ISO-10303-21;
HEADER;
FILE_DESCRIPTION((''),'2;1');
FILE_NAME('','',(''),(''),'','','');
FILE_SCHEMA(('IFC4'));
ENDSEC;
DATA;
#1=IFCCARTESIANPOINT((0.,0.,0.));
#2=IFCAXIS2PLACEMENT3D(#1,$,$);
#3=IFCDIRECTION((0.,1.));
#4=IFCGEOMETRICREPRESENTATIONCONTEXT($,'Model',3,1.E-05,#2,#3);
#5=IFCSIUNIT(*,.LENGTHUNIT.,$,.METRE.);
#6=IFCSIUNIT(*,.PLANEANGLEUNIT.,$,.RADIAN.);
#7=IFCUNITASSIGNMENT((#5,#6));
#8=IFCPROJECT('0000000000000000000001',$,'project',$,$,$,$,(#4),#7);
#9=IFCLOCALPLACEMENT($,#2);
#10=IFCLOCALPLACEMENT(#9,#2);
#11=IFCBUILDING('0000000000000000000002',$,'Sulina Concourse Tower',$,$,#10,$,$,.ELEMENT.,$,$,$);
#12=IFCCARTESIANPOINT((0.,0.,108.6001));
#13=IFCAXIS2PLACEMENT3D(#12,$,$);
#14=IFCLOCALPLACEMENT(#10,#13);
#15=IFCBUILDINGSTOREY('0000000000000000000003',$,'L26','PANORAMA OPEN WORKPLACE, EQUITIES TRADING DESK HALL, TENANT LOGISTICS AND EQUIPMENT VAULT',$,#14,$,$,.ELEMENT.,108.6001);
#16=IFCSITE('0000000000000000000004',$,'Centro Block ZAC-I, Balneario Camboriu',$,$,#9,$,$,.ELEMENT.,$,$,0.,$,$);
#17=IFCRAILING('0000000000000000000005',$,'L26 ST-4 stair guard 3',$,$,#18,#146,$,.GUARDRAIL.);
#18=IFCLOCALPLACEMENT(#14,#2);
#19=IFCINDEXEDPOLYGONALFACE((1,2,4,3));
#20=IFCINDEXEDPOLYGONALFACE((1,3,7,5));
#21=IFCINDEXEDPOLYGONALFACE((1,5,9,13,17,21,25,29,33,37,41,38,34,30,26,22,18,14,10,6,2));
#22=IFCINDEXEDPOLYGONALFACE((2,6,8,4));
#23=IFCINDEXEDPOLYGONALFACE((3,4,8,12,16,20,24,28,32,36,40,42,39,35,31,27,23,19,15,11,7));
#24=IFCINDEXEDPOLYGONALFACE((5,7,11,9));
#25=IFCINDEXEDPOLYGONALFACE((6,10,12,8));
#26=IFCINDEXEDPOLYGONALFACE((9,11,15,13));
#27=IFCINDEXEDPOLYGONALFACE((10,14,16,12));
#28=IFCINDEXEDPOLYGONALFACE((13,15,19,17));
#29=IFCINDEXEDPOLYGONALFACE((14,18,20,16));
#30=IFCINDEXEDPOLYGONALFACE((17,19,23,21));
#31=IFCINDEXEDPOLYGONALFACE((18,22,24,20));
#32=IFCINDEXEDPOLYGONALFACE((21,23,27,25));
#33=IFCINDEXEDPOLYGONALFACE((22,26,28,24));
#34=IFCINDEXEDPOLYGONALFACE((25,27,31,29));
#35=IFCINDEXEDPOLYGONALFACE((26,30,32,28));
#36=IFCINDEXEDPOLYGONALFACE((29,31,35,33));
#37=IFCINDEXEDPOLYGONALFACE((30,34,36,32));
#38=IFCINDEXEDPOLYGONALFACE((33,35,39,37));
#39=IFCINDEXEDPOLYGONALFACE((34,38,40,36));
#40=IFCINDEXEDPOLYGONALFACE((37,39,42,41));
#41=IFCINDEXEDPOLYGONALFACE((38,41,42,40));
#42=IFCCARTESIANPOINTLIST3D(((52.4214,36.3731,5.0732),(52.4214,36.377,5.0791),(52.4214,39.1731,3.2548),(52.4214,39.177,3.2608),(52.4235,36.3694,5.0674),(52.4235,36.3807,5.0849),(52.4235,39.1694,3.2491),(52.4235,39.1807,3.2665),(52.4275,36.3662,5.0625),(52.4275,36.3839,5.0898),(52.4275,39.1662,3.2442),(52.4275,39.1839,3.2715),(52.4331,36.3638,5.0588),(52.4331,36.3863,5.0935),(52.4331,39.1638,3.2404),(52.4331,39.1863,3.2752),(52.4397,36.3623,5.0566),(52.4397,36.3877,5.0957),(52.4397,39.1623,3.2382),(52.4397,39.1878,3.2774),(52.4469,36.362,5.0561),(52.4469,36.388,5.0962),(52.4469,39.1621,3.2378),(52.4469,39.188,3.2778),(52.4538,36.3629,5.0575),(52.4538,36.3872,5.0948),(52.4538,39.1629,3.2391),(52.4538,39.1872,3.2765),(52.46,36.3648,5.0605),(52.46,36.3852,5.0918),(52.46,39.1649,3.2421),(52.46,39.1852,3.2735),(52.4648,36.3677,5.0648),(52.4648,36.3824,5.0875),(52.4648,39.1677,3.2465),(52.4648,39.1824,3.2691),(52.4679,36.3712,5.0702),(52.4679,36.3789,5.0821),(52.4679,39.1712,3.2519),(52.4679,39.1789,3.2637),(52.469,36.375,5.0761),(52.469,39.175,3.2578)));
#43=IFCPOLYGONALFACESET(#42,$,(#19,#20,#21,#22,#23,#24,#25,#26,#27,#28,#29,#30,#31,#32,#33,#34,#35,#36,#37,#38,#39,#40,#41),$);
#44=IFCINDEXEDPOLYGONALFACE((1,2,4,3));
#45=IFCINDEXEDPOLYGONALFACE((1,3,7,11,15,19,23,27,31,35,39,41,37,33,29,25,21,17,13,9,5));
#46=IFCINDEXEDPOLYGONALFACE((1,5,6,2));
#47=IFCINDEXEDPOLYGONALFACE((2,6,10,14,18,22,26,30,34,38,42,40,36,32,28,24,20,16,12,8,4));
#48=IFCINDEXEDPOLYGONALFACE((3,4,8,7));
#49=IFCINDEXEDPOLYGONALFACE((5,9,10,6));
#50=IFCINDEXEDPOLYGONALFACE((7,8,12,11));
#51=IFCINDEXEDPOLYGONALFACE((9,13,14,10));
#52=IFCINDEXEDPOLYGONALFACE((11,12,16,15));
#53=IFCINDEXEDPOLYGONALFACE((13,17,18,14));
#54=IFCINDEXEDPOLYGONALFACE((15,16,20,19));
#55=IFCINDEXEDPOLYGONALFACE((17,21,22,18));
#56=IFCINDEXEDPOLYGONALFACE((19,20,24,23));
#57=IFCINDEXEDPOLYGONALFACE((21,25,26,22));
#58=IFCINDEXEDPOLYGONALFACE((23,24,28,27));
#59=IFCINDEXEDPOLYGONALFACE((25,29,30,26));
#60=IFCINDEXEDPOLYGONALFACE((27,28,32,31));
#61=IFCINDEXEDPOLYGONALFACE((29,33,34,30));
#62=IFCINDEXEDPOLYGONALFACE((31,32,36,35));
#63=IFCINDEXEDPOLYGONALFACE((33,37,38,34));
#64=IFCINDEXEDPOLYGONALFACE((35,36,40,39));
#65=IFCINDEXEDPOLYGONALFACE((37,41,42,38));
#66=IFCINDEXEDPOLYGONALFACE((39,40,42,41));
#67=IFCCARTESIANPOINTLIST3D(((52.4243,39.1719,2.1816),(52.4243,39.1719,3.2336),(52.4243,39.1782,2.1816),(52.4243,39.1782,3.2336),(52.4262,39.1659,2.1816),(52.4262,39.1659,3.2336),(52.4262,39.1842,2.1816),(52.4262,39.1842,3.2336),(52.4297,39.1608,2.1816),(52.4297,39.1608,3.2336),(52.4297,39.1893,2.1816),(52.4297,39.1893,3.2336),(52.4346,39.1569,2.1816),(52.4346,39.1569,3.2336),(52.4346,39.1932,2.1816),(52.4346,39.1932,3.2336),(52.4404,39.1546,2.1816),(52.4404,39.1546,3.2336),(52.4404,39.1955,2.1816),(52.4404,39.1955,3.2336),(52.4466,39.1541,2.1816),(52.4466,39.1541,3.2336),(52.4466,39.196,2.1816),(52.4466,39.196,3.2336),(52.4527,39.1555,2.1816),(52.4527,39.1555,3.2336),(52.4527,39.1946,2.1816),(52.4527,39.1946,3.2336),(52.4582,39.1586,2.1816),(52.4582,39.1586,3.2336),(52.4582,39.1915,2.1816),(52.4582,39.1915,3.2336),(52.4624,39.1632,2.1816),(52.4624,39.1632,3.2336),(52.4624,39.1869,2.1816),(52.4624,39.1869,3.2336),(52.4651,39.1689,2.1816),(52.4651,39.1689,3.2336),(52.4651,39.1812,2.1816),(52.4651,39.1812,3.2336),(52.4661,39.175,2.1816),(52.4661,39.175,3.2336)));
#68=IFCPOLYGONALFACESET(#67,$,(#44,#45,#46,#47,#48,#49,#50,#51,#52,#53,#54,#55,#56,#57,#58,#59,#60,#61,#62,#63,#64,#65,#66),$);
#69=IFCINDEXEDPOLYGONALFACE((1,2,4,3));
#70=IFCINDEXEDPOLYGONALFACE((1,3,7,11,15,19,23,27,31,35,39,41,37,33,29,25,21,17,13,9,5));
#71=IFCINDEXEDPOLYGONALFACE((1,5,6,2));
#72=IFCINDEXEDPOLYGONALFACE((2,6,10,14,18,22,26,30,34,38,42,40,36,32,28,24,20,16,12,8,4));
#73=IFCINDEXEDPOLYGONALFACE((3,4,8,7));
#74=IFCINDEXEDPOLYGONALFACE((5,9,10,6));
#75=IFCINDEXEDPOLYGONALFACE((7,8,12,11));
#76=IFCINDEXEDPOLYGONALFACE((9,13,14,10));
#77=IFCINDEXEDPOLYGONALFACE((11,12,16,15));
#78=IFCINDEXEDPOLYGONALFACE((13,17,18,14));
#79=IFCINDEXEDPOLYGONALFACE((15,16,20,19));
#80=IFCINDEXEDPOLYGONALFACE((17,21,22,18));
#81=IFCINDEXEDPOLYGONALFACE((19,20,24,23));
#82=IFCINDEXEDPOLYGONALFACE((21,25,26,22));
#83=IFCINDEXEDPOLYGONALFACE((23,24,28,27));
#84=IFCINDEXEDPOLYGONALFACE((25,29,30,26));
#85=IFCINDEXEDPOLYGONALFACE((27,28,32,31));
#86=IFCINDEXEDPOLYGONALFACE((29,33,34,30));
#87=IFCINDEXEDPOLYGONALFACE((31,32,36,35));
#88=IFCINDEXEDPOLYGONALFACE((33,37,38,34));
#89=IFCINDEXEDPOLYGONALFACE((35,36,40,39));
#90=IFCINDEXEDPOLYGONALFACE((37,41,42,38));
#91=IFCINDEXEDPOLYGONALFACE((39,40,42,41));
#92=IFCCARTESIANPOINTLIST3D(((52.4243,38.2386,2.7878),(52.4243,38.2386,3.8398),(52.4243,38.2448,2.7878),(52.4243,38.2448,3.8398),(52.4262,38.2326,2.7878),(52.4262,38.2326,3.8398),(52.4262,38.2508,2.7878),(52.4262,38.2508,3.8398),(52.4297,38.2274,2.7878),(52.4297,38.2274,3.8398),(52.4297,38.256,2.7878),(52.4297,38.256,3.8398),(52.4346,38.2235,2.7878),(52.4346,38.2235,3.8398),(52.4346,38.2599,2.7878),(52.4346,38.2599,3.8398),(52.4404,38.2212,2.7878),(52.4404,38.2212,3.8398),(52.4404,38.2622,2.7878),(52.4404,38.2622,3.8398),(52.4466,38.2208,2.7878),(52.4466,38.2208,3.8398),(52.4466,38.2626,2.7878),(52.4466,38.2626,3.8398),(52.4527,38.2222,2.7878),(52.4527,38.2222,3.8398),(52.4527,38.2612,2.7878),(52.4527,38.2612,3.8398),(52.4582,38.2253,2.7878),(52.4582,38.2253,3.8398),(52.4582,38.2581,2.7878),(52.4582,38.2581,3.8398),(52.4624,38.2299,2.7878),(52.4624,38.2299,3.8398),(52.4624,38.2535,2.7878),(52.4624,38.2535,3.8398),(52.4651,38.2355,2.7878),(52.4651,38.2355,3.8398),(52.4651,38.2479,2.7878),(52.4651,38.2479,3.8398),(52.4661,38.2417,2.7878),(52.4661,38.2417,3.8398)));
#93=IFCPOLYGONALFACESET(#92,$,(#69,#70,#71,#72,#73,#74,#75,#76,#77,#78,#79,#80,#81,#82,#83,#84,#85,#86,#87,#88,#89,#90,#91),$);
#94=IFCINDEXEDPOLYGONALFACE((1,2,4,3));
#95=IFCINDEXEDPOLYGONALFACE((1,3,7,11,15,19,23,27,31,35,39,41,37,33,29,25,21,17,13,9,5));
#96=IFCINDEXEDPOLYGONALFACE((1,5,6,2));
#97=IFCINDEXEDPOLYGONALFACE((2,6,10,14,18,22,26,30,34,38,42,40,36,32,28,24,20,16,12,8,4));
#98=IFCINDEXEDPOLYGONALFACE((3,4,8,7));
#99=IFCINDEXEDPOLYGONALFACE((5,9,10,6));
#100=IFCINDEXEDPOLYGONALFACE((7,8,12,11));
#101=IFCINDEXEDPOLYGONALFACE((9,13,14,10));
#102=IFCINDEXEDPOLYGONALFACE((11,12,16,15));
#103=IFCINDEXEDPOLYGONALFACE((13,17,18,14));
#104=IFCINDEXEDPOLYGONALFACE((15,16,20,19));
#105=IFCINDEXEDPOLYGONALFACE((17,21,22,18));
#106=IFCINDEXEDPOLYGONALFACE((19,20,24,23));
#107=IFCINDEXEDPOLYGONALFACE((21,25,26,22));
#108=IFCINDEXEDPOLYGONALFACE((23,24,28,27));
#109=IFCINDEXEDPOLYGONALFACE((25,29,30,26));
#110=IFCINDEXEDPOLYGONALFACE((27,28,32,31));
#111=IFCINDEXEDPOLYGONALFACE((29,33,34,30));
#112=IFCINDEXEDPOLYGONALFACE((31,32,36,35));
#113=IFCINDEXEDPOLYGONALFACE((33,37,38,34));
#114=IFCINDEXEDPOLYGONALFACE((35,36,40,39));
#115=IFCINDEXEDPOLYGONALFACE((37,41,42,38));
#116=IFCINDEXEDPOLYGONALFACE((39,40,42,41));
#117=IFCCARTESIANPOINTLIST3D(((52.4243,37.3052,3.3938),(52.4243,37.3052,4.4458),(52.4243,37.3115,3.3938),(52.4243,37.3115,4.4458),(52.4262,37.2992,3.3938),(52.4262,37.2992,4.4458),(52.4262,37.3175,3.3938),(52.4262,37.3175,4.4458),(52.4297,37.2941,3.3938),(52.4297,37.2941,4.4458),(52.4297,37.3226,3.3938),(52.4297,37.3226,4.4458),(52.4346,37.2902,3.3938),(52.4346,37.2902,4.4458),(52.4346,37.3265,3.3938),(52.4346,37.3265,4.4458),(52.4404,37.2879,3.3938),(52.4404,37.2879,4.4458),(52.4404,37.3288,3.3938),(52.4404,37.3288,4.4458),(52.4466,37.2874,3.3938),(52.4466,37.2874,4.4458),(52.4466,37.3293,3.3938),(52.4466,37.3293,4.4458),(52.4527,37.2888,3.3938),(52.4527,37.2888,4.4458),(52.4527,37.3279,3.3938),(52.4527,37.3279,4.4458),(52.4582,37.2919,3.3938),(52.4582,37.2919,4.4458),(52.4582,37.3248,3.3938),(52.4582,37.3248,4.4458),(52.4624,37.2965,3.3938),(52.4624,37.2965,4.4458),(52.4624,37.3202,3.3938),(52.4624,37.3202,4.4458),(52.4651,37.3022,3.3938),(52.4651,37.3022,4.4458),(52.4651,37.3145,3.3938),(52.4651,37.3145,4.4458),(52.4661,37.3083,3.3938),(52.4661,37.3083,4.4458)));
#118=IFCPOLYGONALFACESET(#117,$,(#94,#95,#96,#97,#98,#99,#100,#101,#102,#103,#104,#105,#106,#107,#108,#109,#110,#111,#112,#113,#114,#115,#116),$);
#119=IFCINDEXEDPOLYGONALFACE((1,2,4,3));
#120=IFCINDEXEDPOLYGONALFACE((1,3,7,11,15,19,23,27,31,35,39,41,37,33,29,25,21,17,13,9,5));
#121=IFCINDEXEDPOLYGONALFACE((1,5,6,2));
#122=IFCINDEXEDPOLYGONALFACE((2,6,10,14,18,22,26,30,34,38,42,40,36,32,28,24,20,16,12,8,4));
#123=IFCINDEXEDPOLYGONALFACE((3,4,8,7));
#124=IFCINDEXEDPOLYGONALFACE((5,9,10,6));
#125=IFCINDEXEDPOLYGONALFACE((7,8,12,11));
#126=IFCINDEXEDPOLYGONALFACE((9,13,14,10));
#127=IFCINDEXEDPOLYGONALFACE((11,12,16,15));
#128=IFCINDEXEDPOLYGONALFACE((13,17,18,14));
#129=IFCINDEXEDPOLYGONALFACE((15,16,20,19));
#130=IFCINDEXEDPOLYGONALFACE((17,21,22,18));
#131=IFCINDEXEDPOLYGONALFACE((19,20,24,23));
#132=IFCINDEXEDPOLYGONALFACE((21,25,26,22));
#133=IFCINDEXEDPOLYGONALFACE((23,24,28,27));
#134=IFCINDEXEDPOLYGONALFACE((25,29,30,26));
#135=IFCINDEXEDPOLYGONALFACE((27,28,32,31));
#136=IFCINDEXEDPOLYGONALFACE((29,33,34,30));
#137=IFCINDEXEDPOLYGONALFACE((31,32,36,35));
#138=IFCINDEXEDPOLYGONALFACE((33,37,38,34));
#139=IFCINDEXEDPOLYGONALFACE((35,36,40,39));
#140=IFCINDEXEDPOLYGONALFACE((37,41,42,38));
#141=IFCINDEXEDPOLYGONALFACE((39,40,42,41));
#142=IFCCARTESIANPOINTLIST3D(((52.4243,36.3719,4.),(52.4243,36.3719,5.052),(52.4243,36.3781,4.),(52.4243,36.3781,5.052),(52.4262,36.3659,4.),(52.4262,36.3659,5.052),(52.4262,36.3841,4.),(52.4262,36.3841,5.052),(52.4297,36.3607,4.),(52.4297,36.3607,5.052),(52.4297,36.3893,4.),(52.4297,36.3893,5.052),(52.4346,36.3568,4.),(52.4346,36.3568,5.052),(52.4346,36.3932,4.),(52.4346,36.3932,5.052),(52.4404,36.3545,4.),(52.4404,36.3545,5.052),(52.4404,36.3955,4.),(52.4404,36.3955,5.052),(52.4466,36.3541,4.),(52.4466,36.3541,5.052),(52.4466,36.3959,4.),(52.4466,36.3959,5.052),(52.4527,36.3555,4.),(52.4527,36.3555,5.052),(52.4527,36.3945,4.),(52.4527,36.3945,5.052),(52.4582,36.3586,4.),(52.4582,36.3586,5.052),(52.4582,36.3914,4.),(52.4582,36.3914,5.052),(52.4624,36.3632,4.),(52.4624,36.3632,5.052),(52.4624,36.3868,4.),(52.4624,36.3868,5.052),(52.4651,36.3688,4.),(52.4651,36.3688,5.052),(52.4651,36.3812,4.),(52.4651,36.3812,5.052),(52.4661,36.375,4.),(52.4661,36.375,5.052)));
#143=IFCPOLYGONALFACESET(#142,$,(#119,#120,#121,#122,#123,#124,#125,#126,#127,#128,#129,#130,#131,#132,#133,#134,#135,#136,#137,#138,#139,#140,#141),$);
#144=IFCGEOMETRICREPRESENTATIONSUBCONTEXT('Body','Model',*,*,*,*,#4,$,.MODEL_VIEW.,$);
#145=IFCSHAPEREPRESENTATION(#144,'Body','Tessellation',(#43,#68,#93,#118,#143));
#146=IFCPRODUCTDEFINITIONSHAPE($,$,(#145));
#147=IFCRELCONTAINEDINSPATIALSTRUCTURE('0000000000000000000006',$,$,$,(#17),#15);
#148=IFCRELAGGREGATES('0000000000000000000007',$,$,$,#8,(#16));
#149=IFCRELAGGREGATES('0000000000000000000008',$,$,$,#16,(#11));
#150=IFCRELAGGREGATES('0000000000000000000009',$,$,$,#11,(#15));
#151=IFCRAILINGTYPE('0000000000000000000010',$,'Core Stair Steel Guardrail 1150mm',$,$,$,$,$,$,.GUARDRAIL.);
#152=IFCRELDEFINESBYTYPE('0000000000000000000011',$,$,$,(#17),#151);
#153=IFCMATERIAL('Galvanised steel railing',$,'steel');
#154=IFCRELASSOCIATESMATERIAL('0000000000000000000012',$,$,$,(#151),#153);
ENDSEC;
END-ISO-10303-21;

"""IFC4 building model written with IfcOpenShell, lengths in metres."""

from ifc_helpers import new_model, si_unit, direction, frame, origin, origin_2d, place, context, subcontext, project, spatial, circle, extrude, material, type_object, element, save


model = new_model("IFC4")

# Units and contexts
model_context = context("Model", 3, precision=1e-05, world=origin(), true_north=direction((0.0, 1.0)))
body_context = subcontext(model_context, "Body", "Model", "MODEL_VIEW")
ifc_project = project(units=[si_unit("LENGTHUNIT", "METRE"), si_unit("PLANEANGLEUNIT", "RADIAN")], contexts=[model_context])

# Site, building, storey
site_placement = place(None, origin())
site = spatial("IfcSite", under=ifc_project, at=site_placement, Name="Centro Block ZAC-I, Balneario Camboriu", CompositionType="ELEMENT", RefElevation=0.0)
building_placement = place(site_placement, origin())
building = spatial("IfcBuilding", under=site, at=building_placement, Name="Sulina Concourse Tower", CompositionType="ELEMENT")
storey_placement = place(building_placement, frame((0.0, 0.0, 108.6001)))
storey = spatial("IfcBuildingStorey", under=building, at=storey_placement, Name="L26", Description="PANORAMA OPEN WORKPLACE, EQUITIES TRADING DESK HALL, TENANT LOGISTICS AND EQUIPMENT VAULT", CompositionType="ELEMENT", Elevation=108.6001)

# Railing
ifc_material_1 = material(Name="Galvanised steel railing", Category="steel")
railing_type_1 = type_object("IfcRailingType", Name="Core Stair Steel Guardrail 1150mm", PredefinedType="GUARDRAIL", material=ifc_material_1)
railing_1_placement = place(storey_placement, frame((52.4451, 39.175, 2.1816)))
element("IfcRailing", 1, at=railing_1_placement, inside=storey, type_object=railing_type_1, Name="L26 ST-4 stair guard 3", PredefinedType="GUARDRAIL", context=body_context, shape_type="SweptSolid", body=[
    extrude(circle(Radius=0.0239, at=origin_2d()), frame((0.0, 0.0, 1.0762), z_axis=(0.0, -0.838672, 0.544636), x_axis=(1.0, 0.0, 0.0)), (0.0, 0.0, 1.0), 3.3386),
    extrude(circle(Radius=0.021, at=origin_2d()), origin(), (0.0, 0.0, 1.0), 1.052),
    extrude(circle(Radius=0.021, at=origin_2d()), frame((0.0, -0.9333, 0.6062)), (0.0, 0.0, 1.0), 1.052),
    extrude(circle(Radius=0.021, at=origin_2d()), frame((0.0, -1.8667, 1.2122)), (0.0, 0.0, 1.0), 1.052),
    extrude(circle(Radius=0.021, at=origin_2d()), frame((0.0, -2.8, 1.8184)), (0.0, 0.0, 1.0), 1.052),
])

save(model, "model.ifc")
